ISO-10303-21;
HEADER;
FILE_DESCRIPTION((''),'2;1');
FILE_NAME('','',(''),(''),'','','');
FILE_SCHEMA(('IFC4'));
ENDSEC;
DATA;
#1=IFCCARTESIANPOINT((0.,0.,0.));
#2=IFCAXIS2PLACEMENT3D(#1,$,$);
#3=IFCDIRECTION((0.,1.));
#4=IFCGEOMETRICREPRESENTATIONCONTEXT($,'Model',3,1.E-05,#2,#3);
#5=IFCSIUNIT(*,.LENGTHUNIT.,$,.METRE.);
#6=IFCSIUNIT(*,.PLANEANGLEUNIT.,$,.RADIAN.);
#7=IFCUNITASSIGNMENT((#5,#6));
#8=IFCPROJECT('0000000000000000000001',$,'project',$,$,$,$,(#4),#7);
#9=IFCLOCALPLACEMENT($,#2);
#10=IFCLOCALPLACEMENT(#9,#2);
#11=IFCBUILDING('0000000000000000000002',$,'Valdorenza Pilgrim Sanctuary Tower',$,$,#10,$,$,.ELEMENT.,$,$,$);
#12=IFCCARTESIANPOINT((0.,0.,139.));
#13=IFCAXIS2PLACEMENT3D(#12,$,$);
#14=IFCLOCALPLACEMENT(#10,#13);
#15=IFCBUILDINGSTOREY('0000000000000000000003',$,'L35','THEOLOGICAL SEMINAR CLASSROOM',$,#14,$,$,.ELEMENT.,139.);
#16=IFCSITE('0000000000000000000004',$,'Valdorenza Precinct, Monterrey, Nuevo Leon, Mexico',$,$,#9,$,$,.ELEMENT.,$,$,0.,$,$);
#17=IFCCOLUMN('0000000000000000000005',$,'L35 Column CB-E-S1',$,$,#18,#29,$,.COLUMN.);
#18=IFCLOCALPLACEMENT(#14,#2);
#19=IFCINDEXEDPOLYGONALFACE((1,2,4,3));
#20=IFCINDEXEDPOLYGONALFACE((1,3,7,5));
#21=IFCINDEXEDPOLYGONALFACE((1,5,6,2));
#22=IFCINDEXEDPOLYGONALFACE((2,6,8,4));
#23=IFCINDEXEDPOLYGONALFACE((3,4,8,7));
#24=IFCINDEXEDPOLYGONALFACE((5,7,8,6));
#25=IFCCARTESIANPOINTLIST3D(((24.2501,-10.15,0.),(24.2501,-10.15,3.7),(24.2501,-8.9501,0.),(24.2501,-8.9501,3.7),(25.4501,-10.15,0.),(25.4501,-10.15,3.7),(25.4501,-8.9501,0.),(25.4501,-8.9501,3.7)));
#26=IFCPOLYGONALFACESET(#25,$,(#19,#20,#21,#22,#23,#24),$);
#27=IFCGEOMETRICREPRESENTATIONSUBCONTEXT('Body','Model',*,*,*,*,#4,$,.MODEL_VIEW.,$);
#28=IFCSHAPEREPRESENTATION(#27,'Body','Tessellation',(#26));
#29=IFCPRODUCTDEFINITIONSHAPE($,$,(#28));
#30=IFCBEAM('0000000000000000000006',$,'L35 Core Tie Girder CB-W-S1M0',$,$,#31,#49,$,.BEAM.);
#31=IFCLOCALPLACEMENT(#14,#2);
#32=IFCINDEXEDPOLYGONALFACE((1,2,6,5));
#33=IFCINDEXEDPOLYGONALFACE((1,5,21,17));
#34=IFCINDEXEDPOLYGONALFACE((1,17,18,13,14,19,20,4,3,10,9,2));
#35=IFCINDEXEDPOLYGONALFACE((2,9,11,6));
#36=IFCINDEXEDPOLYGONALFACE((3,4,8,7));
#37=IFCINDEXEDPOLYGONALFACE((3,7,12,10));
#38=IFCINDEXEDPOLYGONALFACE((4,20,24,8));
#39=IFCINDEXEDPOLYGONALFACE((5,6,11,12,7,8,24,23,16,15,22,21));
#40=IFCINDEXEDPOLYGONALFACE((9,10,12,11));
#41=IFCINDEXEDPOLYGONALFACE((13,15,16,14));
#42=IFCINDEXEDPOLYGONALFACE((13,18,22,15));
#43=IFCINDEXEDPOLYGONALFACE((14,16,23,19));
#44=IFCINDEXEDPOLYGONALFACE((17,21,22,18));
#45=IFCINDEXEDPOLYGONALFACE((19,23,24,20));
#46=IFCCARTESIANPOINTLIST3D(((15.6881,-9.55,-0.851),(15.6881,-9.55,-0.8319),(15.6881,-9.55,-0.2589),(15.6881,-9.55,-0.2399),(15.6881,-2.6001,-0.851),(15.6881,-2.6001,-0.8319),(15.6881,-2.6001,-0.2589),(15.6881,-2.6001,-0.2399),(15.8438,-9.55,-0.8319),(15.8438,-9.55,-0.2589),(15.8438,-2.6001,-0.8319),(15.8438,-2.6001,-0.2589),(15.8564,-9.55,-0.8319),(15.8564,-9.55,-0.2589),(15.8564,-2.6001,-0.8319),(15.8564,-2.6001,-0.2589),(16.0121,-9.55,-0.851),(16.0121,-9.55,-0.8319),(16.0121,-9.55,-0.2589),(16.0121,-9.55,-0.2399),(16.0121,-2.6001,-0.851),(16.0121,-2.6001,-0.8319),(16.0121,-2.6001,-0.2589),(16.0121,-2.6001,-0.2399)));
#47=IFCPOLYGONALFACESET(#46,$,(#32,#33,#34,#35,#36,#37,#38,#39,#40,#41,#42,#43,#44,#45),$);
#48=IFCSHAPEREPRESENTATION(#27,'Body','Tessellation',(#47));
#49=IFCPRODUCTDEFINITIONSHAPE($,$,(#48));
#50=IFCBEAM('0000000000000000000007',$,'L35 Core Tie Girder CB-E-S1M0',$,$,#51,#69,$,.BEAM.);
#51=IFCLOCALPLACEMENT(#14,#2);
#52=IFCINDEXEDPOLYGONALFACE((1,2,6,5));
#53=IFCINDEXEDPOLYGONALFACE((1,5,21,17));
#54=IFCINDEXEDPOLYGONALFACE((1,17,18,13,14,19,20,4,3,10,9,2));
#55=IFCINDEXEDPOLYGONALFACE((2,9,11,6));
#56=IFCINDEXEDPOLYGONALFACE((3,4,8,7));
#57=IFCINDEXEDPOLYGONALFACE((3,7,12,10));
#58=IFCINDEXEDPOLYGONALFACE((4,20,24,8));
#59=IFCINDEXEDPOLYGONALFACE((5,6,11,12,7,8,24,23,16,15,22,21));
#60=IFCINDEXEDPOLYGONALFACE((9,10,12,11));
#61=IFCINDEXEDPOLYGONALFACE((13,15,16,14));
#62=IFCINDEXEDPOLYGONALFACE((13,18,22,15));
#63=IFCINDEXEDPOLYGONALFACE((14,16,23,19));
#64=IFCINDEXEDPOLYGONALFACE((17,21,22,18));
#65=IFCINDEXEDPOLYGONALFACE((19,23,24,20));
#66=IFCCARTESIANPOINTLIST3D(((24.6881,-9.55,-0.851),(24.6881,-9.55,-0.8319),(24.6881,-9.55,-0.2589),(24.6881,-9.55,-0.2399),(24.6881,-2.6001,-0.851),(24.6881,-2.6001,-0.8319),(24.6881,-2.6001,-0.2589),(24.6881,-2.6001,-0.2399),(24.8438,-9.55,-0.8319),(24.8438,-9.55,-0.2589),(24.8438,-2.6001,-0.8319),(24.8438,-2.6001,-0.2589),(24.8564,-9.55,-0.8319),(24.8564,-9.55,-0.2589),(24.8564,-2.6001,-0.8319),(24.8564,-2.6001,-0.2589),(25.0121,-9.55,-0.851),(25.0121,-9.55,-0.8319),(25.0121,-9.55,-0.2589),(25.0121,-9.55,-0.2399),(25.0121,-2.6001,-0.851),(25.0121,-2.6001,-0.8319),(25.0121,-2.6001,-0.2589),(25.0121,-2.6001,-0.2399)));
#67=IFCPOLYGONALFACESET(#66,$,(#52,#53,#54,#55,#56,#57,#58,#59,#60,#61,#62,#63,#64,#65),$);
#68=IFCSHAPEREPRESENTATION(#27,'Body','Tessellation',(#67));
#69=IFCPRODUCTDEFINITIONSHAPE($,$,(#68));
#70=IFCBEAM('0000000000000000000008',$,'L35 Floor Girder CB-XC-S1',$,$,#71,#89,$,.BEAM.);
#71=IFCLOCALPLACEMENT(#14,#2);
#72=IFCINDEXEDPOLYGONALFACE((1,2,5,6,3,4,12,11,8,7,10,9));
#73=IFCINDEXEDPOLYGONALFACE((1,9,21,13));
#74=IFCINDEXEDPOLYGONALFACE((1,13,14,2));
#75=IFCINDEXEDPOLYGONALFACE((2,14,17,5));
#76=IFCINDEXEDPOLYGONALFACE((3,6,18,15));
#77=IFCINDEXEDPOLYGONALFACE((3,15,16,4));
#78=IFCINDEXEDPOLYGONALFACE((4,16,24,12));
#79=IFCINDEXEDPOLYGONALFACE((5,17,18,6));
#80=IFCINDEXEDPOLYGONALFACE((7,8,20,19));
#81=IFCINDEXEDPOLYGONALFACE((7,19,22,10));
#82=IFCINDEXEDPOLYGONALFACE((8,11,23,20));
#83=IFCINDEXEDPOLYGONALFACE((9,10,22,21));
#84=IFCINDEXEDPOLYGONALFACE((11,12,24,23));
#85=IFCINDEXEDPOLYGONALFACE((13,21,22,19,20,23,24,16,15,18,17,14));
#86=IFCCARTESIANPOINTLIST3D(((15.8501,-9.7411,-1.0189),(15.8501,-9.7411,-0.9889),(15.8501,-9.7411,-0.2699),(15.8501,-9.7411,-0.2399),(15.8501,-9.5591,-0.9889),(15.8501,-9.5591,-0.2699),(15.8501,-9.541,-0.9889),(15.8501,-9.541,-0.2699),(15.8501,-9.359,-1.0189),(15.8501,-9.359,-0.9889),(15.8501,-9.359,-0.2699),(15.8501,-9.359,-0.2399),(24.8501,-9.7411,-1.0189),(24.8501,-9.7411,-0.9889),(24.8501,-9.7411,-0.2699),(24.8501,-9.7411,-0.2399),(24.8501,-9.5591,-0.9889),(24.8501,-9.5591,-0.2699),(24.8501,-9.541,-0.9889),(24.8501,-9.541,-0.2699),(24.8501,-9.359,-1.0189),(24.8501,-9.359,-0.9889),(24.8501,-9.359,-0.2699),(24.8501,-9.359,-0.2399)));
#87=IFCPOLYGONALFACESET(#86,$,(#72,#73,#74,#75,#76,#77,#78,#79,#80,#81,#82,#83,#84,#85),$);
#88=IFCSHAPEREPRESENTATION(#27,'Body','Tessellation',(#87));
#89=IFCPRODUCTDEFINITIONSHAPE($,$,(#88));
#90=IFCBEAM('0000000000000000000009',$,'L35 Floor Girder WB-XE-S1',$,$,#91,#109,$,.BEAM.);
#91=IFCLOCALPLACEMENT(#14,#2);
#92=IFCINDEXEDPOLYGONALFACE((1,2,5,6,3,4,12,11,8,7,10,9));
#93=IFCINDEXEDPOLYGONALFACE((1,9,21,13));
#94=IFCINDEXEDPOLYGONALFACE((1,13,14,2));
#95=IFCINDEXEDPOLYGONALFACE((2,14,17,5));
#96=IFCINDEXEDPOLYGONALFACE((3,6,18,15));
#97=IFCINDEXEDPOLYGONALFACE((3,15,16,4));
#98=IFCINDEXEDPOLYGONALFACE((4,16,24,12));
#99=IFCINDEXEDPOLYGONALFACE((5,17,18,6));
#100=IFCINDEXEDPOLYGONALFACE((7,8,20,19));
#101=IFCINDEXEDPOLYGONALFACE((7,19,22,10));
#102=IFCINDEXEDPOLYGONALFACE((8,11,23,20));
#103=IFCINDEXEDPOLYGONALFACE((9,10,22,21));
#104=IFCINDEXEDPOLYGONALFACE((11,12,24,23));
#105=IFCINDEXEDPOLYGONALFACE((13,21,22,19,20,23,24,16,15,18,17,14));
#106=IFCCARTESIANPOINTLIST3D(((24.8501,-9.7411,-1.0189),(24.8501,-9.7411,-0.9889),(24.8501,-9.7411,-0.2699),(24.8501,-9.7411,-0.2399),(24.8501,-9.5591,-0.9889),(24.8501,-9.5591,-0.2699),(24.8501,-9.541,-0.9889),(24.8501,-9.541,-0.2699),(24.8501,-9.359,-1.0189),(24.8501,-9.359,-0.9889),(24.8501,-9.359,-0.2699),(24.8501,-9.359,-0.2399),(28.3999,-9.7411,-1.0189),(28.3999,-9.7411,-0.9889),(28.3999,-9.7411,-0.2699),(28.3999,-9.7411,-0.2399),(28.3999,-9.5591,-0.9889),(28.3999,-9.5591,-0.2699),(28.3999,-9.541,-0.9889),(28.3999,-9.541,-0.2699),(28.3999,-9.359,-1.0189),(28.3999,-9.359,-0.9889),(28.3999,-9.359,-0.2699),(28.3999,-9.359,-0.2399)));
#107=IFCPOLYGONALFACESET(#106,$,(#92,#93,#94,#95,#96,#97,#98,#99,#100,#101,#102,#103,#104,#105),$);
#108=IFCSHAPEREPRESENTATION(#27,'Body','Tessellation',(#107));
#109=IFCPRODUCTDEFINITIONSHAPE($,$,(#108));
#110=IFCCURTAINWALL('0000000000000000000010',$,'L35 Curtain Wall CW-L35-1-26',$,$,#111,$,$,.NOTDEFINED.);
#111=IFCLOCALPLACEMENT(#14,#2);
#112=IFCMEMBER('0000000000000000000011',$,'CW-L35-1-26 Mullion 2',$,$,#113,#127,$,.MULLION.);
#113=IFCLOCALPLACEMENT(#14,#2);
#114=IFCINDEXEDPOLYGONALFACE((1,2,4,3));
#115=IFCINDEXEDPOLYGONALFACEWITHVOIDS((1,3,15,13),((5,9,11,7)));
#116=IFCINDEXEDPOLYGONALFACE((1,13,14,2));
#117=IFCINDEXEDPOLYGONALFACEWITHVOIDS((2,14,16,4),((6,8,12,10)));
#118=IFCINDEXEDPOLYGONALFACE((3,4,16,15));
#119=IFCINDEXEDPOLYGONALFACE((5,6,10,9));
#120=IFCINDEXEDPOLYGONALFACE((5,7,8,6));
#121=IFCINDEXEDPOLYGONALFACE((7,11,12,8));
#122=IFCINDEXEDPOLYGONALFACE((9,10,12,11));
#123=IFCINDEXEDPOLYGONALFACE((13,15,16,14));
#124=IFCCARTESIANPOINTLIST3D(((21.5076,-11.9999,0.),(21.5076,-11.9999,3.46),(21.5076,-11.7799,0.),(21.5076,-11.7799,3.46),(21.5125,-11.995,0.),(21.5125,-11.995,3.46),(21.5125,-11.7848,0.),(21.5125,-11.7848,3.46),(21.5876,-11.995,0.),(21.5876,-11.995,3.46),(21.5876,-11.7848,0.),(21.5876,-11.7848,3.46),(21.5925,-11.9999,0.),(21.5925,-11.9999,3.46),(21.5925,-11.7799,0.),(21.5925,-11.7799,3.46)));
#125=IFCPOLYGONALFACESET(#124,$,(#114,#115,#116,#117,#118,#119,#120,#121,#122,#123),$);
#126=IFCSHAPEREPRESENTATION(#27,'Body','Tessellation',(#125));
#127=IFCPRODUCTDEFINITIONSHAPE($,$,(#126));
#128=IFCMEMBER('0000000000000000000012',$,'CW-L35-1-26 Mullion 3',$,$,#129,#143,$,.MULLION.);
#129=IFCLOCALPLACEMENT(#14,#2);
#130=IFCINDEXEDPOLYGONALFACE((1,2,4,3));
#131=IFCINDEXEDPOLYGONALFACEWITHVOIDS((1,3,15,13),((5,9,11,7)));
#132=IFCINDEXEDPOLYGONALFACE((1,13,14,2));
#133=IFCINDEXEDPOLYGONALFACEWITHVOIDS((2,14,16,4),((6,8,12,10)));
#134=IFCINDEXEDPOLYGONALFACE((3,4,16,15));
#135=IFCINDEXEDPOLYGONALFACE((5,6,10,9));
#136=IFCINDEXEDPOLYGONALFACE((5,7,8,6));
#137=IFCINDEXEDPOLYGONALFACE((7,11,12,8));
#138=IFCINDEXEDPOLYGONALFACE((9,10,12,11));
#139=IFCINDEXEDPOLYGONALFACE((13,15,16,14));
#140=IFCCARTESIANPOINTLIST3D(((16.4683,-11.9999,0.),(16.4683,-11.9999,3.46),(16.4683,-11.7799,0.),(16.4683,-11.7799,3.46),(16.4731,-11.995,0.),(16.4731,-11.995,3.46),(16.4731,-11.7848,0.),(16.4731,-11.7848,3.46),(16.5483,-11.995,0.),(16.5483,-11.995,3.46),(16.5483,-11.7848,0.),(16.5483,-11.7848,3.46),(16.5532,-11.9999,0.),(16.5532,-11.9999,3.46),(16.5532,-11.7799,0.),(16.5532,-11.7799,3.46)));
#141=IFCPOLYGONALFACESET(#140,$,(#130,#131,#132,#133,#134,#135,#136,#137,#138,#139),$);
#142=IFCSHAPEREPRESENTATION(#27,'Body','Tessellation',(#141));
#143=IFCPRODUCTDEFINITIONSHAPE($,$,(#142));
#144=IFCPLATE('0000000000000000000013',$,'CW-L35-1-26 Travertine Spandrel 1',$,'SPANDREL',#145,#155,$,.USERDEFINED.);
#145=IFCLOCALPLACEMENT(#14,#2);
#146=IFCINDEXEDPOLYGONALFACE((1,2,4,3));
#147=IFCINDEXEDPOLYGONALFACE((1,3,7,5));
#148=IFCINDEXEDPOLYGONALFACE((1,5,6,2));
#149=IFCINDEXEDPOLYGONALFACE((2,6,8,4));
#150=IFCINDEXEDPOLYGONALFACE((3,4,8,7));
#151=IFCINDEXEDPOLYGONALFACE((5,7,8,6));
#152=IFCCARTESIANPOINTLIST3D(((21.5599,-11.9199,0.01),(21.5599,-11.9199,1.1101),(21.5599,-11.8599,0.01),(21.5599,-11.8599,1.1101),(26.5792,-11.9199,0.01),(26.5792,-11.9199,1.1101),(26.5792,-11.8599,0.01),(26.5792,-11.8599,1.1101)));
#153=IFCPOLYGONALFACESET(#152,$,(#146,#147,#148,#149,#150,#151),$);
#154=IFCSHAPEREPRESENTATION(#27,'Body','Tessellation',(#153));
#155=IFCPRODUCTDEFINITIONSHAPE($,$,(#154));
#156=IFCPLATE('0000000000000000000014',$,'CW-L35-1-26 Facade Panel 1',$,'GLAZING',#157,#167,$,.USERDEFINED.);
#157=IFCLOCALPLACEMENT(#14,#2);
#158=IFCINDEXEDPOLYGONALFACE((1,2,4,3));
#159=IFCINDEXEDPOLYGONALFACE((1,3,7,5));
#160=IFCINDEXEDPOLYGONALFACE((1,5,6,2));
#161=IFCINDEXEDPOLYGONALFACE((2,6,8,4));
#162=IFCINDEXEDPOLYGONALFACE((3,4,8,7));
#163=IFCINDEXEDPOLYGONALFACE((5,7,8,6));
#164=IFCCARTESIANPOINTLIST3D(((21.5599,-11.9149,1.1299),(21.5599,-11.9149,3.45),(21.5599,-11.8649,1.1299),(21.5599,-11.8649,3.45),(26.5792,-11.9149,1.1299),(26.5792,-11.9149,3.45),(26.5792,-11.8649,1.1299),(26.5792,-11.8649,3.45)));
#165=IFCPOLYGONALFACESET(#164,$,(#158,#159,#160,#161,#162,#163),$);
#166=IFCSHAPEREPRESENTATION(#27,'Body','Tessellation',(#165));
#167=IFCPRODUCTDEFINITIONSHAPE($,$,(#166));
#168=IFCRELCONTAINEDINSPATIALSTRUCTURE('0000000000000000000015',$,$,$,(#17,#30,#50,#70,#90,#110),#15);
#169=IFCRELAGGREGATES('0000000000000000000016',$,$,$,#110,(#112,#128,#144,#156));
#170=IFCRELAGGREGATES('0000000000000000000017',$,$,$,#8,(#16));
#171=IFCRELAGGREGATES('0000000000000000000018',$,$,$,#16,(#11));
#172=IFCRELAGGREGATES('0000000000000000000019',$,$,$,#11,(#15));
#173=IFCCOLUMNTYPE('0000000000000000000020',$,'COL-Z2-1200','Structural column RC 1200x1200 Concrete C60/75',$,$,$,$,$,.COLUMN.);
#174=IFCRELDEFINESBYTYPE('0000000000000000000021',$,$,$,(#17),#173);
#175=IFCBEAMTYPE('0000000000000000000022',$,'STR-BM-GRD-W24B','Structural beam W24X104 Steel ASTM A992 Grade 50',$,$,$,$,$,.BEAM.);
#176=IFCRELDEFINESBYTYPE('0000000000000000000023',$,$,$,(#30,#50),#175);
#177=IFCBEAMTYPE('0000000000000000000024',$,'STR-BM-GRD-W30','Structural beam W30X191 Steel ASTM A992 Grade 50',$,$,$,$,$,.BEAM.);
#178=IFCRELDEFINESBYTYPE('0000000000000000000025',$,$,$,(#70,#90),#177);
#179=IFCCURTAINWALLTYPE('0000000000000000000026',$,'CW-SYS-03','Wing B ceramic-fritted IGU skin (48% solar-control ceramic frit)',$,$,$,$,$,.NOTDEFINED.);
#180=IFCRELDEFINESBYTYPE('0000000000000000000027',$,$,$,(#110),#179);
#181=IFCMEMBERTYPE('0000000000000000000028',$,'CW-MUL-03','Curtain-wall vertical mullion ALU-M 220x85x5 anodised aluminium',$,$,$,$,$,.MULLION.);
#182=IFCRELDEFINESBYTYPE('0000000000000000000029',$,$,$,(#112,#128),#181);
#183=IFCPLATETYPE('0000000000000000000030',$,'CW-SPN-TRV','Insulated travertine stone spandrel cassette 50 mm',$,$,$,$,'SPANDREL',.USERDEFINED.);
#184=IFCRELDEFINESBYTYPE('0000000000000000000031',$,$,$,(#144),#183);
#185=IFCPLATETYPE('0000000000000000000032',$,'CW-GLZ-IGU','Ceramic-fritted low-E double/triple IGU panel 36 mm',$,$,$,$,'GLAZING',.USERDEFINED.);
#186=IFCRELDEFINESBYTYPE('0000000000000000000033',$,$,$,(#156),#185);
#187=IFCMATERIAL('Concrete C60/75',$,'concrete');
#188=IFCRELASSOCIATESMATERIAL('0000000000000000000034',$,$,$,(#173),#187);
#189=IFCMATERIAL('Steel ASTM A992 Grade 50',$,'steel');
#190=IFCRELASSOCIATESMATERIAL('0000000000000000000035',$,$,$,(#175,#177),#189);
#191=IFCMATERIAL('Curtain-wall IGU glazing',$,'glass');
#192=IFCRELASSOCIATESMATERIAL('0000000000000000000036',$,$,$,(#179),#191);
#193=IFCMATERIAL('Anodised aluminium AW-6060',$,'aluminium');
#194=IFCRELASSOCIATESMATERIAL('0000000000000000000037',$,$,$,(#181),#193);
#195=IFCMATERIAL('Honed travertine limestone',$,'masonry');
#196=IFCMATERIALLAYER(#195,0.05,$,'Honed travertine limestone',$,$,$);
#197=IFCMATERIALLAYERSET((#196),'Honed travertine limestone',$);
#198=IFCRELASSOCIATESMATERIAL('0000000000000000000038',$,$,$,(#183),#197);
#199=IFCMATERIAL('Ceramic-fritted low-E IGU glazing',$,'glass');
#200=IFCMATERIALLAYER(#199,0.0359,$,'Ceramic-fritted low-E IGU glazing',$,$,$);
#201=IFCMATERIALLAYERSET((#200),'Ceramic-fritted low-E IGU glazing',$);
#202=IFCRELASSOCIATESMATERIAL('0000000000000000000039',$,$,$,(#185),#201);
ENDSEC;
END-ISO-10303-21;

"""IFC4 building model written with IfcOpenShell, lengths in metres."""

from ifc_helpers import new_model, si_unit, direction, frame, origin, origin_2d, place, context, subcontext, project, spatial, rectangle, hollow_rectangle, i_section, extrude, source, transform, mapped, material, layer, layer_set, material_profile, profile_set, type_object, element, aggregate, save


model = new_model("IFC4")

# Units and contexts
model_context = context("Model", 3, precision=1e-05, world=origin(), true_north=direction((0.0, 1.0)))
body_context = subcontext(model_context, "Body", "Model", "MODEL_VIEW")
ifc_project = project(units=[si_unit("LENGTHUNIT", "METRE"), si_unit("PLANEANGLEUNIT", "RADIAN")], contexts=[model_context])

# Site, building, storey
site_placement = place(None, origin())
site = spatial("IfcSite", under=ifc_project, at=site_placement, Name="Valdorenza Precinct, Monterrey, Nuevo Leon, Mexico", CompositionType="ELEMENT", RefElevation=0.0)
building_placement = place(site_placement, origin())
building = spatial("IfcBuilding", under=site, at=building_placement, Name="Valdorenza Pilgrim Sanctuary Tower", CompositionType="ELEMENT")
storey_placement = place(building_placement, frame((0.0, 0.0, 139.0)))
storey = spatial("IfcBuildingStorey", under=building, at=storey_placement, Name="L35", Description="THEOLOGICAL SEMINAR CLASSROOM", CompositionType="ELEMENT", Elevation=139.0)

# Column
ifc_material_1 = material(Name="Concrete C60/75", Category="concrete")
ifc_material_profile_1 = material_profile(ifc_material_1, rectangle(XDim=1.2, YDim=1.2, at=origin_2d()), Name="RC 1200x1200")
ifc_profile_set_1 = profile_set([ifc_material_profile_1], Name="Concrete C60/75")
column_type = type_object("IfcColumnType", Name="COL-Z2-1200", Description="Structural column RC 1200x1200 Concrete C60/75", PredefinedType="COLUMN", material=ifc_profile_set_1)
shared_shape_1 = source(origin(), body_context, "Body", "SweptSolid", [
    extrude(rectangle(XDim=1.2, YDim=1.2, at=origin_2d()), origin(), (0.0, 0.0, 1.0), 3.7),
])
column_placement = place(storey_placement, frame((24.8501, -9.55, 0.0), z_axis=(0.0, 0.0, 1.0), x_axis=(1.0, 0.0, 0.0)))
element("IfcColumn", 1, at=column_placement, inside=storey, type_object=column_type, Name="L35 Column CB-E-S1", PredefinedType="COLUMN", context=body_context, shape_type="MappedRepresentation", body=[
    mapped(shared_shape_1, transform((0.0, 0.0, 0.0), x_axis=(1.0, 0.0, 0.0), y_axis=(0.0, 1.0, 0.0), z_axis=(0.0, 0.0, 1.0), scale=1.0)),
])

# Beams
ifc_material_2 = material(Name="Steel ASTM A992 Grade 50", Category="steel")
ifc_material_profile_2 = material_profile(ifc_material_2, i_section(OverallWidth=0.324, OverallDepth=0.6111, WebThickness=0.0127, FlangeThickness=0.019, at=origin_2d()), Name="W24X104")
ifc_profile_set_2 = profile_set([ifc_material_profile_2], Name="Steel ASTM A992 Grade 50")
beam_type_1 = type_object("IfcBeamType", Name="STR-BM-GRD-W24B", Description="Structural beam W24X104 Steel ASTM A992 Grade 50", PredefinedType="BEAM", material=ifc_profile_set_2)
shared_shape_2 = source(origin(), body_context, "Body", "SweptSolid", [
    extrude(i_section(OverallWidth=0.324, OverallDepth=0.6111, WebThickness=0.0127, FlangeThickness=0.019, at=origin_2d()), origin(), (0.0, 0.0, 1.0), 6.95),
])
for number, where, z_axis, x_axis, name in (
    (2, (15.8501, -9.55, -0.5454), (0.0, 1.0, 0.0), (-1.0, 0.0, 0.0), "L35 Core Tie Girder CB-W-S1M0"),
    (3, (24.8501, -9.55, -0.5454), (0.0, 1.0, 0.0), (-1.0, 0.0, 0.0), "L35 Core Tie Girder CB-E-S1M0"),
):
    element("IfcBeam", number, at=place(storey_placement, frame(where, z_axis=z_axis, x_axis=x_axis)), inside=storey, type_object=beam_type_1, Name=name, PredefinedType="BEAM", context=body_context, shape_type="MappedRepresentation", body=[
        mapped(shared_shape_2, transform((0.0, 0.0, 0.0), x_axis=(1.0, 0.0, 0.0), y_axis=(0.0, 1.0, 0.0), z_axis=(0.0, 0.0, 1.0), scale=1.0)),
    ])
ifc_material_profile_3 = material_profile(ifc_material_2, i_section(OverallWidth=0.3821, OverallDepth=0.7791, WebThickness=0.0181, FlangeThickness=0.03, at=origin_2d()), Name="W30X191")
ifc_profile_set_3 = profile_set([ifc_material_profile_3], Name="Steel ASTM A992 Grade 50")
beam_type_2 = type_object("IfcBeamType", Name="STR-BM-GRD-W30", Description="Structural beam W30X191 Steel ASTM A992 Grade 50", PredefinedType="BEAM", material=ifc_profile_set_3)
shared_shape_3 = source(origin(), body_context, "Body", "SweptSolid", [
    extrude(i_section(OverallWidth=0.3821, OverallDepth=0.7791, WebThickness=0.0181, FlangeThickness=0.03, at=origin_2d()), origin(), (0.0, 0.0, 1.0), 9.0),
])
beam_1_placement = place(storey_placement, frame((15.8501, -9.55, -0.6294), z_axis=(1.0, 0.0, 0.0), x_axis=(0.0, 1.0, 0.0)))
element("IfcBeam", 4, at=beam_1_placement, inside=storey, type_object=beam_type_2, Name="L35 Floor Girder CB-XC-S1", PredefinedType="BEAM", context=body_context, shape_type="MappedRepresentation", body=[
    mapped(shared_shape_3, transform((0.0, 0.0, 0.0), x_axis=(1.0, 0.0, 0.0), y_axis=(0.0, 1.0, 0.0), z_axis=(0.0, 0.0, 1.0), scale=1.0)),
])
shared_shape_4 = source(origin(), body_context, "Body", "SweptSolid", [
    extrude(i_section(OverallWidth=0.3821, OverallDepth=0.7791, WebThickness=0.0181, FlangeThickness=0.03, at=origin_2d()), origin(), (0.0, 0.0, 1.0), 3.5498),
])
beam_2_placement = place(storey_placement, frame((24.8501, -9.55, -0.6294), z_axis=(1.0, 0.0, 0.0), x_axis=(0.0, 1.0, 0.0)))
element("IfcBeam", 5, at=beam_2_placement, inside=storey, type_object=beam_type_2, Name="L35 Floor Girder WB-XE-S1", PredefinedType="BEAM", context=body_context, shape_type="MappedRepresentation", body=[
    mapped(shared_shape_4, transform((0.0, 0.0, 0.0), x_axis=(1.0, 0.0, 0.0), y_axis=(0.0, 1.0, 0.0), z_axis=(0.0, 0.0, 1.0), scale=1.0)),
])

# Curtain wall, members, plates
ifc_material_3 = material(Name="Curtain-wall IGU glazing", Category="glass")
curtain_wall_type = type_object("IfcCurtainWallType", Name="CW-SYS-03", Description="Wing B ceramic-fritted IGU skin (48% solar-control ceramic frit)", PredefinedType="NOTDEFINED", material=ifc_material_3)
curtain_wall_placement = place(storey_placement, origin())
curtain_wall = element("IfcCurtainWall", 6, at=curtain_wall_placement, inside=storey, type_object=curtain_wall_type, Name="L35 Curtain Wall CW-L35-1-26", PredefinedType="NOTDEFINED")
ifc_material_4 = material(Name="Anodised aluminium AW-6060", Category="aluminium")
ifc_material_profile_4 = material_profile(ifc_material_4, hollow_rectangle(XDim=0.085, YDim=0.22, WallThickness=0.0049, at=origin_2d()), Name="ALU-M 220x85x5")
ifc_profile_set_4 = profile_set([ifc_material_profile_4], Name="Anodised aluminium AW-6060")
member_type = type_object("IfcMemberType", Name="CW-MUL-03", Description="Curtain-wall vertical mullion ALU-M 220x85x5 anodised aluminium", PredefinedType="MULLION", material=ifc_profile_set_4)
shared_shape_5 = source(origin(), body_context, "Body", "SweptSolid", [
    extrude(hollow_rectangle(XDim=0.085, YDim=0.22, WallThickness=0.0049, at=origin_2d()), origin(), (0.0, 0.0, 1.0), 3.46),
])
member_1_placement = place(storey_placement, frame((21.55, -11.8899, 0.0), z_axis=(0.0, 0.0, 1.0), x_axis=(-1.0, 0.0, 0.0)))
member_1 = element("IfcMember", 7, at=member_1_placement, type_object=member_type, Name="CW-L35-1-26 Mullion 2", PredefinedType="MULLION", context=body_context, shape_type="MappedRepresentation", body=[
    mapped(shared_shape_5, transform((0.0, 0.0, 0.0), x_axis=(1.0, 0.0, 0.0), y_axis=(0.0, 1.0, 0.0), z_axis=(0.0, 0.0, 1.0), scale=1.0)),
])
member_2_placement = place(storey_placement, frame((16.5107, -11.8899, 0.0), z_axis=(0.0, 0.0, 1.0), x_axis=(-1.0, 0.0, 0.0)))
member_2 = element("IfcMember", 8, at=member_2_placement, type_object=member_type, Name="CW-L35-1-26 Mullion 3", PredefinedType="MULLION", context=body_context, shape_type="MappedRepresentation", body=[
    mapped(shared_shape_5, transform((0.0, 0.0, 0.0), x_axis=(1.0, 0.0, 0.0), y_axis=(0.0, 1.0, 0.0), z_axis=(0.0, 0.0, 1.0), scale=1.0)),
])
ifc_material_5 = material(Name="Honed travertine limestone", Category="masonry")
ifc_layer_1 = layer(ifc_material_5, 0.05, Name="Honed travertine limestone")
ifc_layer_set_1 = layer_set([ifc_layer_1], Name="Honed travertine limestone")
plate_type_1 = type_object("IfcPlateType", Name="CW-SPN-TRV", Description="Insulated travertine stone spandrel cassette 50 mm", ElementType="SPANDREL", PredefinedType="USERDEFINED", material=ifc_layer_set_1)
shared_shape_6 = source(origin(), body_context, "Body", "SweptSolid", [
    extrude(rectangle(XDim=5.0193, YDim=0.0601, at=origin_2d()), origin(), (0.0, 0.0, 1.0), 1.1001),
])
plate_1_placement = place(storey_placement, frame((24.0696, -11.8899, 0.01), z_axis=(0.0, 0.0, 1.0), x_axis=(-1.0, 0.0, 0.0)))
plate_1 = element("IfcPlate", 9, at=plate_1_placement, type_object=plate_type_1, Name="CW-L35-1-26 Travertine Spandrel 1", ObjectType="SPANDREL", PredefinedType="USERDEFINED", context=body_context, shape_type="MappedRepresentation", body=[
    mapped(shared_shape_6, transform((0.0, 0.0, 0.0), x_axis=(1.0, 0.0, 0.0), y_axis=(0.0, 1.0, 0.0), z_axis=(0.0, 0.0, 1.0), scale=1.0)),
])
ifc_material_6 = material(Name="Ceramic-fritted low-E IGU glazing", Category="glass")
ifc_layer_2 = layer(ifc_material_6, 0.0359, Name="Ceramic-fritted low-E IGU glazing")
ifc_layer_set_2 = layer_set([ifc_layer_2], Name="Ceramic-fritted low-E IGU glazing")
plate_type_2 = type_object("IfcPlateType", Name="CW-GLZ-IGU", Description="Ceramic-fritted low-E double/triple IGU panel 36 mm", ElementType="GLAZING", PredefinedType="USERDEFINED", material=ifc_layer_set_2)
shared_shape_7 = source(origin(), body_context, "Body", "SweptSolid", [
    extrude(rectangle(XDim=5.0193, YDim=0.05, at=origin_2d()), origin(), (0.0, 0.0, 1.0), 2.3201),
])
plate_2_placement = place(storey_placement, frame((24.0696, -11.8899, 1.1299), z_axis=(0.0, 0.0, 1.0), x_axis=(-1.0, 0.0, 0.0)))
plate_2 = element("IfcPlate", 10, at=plate_2_placement, type_object=plate_type_2, Name="CW-L35-1-26 Facade Panel 1", ObjectType="GLAZING", PredefinedType="USERDEFINED", context=body_context, shape_type="MappedRepresentation", body=[
    mapped(shared_shape_7, transform((0.0, 0.0, 0.0), x_axis=(1.0, 0.0, 0.0), y_axis=(0.0, 1.0, 0.0), z_axis=(0.0, 0.0, 1.0), scale=1.0)),
])
aggregate(curtain_wall, [member_1, member_2, plate_1, plate_2])

save(model, "model.ifc")
